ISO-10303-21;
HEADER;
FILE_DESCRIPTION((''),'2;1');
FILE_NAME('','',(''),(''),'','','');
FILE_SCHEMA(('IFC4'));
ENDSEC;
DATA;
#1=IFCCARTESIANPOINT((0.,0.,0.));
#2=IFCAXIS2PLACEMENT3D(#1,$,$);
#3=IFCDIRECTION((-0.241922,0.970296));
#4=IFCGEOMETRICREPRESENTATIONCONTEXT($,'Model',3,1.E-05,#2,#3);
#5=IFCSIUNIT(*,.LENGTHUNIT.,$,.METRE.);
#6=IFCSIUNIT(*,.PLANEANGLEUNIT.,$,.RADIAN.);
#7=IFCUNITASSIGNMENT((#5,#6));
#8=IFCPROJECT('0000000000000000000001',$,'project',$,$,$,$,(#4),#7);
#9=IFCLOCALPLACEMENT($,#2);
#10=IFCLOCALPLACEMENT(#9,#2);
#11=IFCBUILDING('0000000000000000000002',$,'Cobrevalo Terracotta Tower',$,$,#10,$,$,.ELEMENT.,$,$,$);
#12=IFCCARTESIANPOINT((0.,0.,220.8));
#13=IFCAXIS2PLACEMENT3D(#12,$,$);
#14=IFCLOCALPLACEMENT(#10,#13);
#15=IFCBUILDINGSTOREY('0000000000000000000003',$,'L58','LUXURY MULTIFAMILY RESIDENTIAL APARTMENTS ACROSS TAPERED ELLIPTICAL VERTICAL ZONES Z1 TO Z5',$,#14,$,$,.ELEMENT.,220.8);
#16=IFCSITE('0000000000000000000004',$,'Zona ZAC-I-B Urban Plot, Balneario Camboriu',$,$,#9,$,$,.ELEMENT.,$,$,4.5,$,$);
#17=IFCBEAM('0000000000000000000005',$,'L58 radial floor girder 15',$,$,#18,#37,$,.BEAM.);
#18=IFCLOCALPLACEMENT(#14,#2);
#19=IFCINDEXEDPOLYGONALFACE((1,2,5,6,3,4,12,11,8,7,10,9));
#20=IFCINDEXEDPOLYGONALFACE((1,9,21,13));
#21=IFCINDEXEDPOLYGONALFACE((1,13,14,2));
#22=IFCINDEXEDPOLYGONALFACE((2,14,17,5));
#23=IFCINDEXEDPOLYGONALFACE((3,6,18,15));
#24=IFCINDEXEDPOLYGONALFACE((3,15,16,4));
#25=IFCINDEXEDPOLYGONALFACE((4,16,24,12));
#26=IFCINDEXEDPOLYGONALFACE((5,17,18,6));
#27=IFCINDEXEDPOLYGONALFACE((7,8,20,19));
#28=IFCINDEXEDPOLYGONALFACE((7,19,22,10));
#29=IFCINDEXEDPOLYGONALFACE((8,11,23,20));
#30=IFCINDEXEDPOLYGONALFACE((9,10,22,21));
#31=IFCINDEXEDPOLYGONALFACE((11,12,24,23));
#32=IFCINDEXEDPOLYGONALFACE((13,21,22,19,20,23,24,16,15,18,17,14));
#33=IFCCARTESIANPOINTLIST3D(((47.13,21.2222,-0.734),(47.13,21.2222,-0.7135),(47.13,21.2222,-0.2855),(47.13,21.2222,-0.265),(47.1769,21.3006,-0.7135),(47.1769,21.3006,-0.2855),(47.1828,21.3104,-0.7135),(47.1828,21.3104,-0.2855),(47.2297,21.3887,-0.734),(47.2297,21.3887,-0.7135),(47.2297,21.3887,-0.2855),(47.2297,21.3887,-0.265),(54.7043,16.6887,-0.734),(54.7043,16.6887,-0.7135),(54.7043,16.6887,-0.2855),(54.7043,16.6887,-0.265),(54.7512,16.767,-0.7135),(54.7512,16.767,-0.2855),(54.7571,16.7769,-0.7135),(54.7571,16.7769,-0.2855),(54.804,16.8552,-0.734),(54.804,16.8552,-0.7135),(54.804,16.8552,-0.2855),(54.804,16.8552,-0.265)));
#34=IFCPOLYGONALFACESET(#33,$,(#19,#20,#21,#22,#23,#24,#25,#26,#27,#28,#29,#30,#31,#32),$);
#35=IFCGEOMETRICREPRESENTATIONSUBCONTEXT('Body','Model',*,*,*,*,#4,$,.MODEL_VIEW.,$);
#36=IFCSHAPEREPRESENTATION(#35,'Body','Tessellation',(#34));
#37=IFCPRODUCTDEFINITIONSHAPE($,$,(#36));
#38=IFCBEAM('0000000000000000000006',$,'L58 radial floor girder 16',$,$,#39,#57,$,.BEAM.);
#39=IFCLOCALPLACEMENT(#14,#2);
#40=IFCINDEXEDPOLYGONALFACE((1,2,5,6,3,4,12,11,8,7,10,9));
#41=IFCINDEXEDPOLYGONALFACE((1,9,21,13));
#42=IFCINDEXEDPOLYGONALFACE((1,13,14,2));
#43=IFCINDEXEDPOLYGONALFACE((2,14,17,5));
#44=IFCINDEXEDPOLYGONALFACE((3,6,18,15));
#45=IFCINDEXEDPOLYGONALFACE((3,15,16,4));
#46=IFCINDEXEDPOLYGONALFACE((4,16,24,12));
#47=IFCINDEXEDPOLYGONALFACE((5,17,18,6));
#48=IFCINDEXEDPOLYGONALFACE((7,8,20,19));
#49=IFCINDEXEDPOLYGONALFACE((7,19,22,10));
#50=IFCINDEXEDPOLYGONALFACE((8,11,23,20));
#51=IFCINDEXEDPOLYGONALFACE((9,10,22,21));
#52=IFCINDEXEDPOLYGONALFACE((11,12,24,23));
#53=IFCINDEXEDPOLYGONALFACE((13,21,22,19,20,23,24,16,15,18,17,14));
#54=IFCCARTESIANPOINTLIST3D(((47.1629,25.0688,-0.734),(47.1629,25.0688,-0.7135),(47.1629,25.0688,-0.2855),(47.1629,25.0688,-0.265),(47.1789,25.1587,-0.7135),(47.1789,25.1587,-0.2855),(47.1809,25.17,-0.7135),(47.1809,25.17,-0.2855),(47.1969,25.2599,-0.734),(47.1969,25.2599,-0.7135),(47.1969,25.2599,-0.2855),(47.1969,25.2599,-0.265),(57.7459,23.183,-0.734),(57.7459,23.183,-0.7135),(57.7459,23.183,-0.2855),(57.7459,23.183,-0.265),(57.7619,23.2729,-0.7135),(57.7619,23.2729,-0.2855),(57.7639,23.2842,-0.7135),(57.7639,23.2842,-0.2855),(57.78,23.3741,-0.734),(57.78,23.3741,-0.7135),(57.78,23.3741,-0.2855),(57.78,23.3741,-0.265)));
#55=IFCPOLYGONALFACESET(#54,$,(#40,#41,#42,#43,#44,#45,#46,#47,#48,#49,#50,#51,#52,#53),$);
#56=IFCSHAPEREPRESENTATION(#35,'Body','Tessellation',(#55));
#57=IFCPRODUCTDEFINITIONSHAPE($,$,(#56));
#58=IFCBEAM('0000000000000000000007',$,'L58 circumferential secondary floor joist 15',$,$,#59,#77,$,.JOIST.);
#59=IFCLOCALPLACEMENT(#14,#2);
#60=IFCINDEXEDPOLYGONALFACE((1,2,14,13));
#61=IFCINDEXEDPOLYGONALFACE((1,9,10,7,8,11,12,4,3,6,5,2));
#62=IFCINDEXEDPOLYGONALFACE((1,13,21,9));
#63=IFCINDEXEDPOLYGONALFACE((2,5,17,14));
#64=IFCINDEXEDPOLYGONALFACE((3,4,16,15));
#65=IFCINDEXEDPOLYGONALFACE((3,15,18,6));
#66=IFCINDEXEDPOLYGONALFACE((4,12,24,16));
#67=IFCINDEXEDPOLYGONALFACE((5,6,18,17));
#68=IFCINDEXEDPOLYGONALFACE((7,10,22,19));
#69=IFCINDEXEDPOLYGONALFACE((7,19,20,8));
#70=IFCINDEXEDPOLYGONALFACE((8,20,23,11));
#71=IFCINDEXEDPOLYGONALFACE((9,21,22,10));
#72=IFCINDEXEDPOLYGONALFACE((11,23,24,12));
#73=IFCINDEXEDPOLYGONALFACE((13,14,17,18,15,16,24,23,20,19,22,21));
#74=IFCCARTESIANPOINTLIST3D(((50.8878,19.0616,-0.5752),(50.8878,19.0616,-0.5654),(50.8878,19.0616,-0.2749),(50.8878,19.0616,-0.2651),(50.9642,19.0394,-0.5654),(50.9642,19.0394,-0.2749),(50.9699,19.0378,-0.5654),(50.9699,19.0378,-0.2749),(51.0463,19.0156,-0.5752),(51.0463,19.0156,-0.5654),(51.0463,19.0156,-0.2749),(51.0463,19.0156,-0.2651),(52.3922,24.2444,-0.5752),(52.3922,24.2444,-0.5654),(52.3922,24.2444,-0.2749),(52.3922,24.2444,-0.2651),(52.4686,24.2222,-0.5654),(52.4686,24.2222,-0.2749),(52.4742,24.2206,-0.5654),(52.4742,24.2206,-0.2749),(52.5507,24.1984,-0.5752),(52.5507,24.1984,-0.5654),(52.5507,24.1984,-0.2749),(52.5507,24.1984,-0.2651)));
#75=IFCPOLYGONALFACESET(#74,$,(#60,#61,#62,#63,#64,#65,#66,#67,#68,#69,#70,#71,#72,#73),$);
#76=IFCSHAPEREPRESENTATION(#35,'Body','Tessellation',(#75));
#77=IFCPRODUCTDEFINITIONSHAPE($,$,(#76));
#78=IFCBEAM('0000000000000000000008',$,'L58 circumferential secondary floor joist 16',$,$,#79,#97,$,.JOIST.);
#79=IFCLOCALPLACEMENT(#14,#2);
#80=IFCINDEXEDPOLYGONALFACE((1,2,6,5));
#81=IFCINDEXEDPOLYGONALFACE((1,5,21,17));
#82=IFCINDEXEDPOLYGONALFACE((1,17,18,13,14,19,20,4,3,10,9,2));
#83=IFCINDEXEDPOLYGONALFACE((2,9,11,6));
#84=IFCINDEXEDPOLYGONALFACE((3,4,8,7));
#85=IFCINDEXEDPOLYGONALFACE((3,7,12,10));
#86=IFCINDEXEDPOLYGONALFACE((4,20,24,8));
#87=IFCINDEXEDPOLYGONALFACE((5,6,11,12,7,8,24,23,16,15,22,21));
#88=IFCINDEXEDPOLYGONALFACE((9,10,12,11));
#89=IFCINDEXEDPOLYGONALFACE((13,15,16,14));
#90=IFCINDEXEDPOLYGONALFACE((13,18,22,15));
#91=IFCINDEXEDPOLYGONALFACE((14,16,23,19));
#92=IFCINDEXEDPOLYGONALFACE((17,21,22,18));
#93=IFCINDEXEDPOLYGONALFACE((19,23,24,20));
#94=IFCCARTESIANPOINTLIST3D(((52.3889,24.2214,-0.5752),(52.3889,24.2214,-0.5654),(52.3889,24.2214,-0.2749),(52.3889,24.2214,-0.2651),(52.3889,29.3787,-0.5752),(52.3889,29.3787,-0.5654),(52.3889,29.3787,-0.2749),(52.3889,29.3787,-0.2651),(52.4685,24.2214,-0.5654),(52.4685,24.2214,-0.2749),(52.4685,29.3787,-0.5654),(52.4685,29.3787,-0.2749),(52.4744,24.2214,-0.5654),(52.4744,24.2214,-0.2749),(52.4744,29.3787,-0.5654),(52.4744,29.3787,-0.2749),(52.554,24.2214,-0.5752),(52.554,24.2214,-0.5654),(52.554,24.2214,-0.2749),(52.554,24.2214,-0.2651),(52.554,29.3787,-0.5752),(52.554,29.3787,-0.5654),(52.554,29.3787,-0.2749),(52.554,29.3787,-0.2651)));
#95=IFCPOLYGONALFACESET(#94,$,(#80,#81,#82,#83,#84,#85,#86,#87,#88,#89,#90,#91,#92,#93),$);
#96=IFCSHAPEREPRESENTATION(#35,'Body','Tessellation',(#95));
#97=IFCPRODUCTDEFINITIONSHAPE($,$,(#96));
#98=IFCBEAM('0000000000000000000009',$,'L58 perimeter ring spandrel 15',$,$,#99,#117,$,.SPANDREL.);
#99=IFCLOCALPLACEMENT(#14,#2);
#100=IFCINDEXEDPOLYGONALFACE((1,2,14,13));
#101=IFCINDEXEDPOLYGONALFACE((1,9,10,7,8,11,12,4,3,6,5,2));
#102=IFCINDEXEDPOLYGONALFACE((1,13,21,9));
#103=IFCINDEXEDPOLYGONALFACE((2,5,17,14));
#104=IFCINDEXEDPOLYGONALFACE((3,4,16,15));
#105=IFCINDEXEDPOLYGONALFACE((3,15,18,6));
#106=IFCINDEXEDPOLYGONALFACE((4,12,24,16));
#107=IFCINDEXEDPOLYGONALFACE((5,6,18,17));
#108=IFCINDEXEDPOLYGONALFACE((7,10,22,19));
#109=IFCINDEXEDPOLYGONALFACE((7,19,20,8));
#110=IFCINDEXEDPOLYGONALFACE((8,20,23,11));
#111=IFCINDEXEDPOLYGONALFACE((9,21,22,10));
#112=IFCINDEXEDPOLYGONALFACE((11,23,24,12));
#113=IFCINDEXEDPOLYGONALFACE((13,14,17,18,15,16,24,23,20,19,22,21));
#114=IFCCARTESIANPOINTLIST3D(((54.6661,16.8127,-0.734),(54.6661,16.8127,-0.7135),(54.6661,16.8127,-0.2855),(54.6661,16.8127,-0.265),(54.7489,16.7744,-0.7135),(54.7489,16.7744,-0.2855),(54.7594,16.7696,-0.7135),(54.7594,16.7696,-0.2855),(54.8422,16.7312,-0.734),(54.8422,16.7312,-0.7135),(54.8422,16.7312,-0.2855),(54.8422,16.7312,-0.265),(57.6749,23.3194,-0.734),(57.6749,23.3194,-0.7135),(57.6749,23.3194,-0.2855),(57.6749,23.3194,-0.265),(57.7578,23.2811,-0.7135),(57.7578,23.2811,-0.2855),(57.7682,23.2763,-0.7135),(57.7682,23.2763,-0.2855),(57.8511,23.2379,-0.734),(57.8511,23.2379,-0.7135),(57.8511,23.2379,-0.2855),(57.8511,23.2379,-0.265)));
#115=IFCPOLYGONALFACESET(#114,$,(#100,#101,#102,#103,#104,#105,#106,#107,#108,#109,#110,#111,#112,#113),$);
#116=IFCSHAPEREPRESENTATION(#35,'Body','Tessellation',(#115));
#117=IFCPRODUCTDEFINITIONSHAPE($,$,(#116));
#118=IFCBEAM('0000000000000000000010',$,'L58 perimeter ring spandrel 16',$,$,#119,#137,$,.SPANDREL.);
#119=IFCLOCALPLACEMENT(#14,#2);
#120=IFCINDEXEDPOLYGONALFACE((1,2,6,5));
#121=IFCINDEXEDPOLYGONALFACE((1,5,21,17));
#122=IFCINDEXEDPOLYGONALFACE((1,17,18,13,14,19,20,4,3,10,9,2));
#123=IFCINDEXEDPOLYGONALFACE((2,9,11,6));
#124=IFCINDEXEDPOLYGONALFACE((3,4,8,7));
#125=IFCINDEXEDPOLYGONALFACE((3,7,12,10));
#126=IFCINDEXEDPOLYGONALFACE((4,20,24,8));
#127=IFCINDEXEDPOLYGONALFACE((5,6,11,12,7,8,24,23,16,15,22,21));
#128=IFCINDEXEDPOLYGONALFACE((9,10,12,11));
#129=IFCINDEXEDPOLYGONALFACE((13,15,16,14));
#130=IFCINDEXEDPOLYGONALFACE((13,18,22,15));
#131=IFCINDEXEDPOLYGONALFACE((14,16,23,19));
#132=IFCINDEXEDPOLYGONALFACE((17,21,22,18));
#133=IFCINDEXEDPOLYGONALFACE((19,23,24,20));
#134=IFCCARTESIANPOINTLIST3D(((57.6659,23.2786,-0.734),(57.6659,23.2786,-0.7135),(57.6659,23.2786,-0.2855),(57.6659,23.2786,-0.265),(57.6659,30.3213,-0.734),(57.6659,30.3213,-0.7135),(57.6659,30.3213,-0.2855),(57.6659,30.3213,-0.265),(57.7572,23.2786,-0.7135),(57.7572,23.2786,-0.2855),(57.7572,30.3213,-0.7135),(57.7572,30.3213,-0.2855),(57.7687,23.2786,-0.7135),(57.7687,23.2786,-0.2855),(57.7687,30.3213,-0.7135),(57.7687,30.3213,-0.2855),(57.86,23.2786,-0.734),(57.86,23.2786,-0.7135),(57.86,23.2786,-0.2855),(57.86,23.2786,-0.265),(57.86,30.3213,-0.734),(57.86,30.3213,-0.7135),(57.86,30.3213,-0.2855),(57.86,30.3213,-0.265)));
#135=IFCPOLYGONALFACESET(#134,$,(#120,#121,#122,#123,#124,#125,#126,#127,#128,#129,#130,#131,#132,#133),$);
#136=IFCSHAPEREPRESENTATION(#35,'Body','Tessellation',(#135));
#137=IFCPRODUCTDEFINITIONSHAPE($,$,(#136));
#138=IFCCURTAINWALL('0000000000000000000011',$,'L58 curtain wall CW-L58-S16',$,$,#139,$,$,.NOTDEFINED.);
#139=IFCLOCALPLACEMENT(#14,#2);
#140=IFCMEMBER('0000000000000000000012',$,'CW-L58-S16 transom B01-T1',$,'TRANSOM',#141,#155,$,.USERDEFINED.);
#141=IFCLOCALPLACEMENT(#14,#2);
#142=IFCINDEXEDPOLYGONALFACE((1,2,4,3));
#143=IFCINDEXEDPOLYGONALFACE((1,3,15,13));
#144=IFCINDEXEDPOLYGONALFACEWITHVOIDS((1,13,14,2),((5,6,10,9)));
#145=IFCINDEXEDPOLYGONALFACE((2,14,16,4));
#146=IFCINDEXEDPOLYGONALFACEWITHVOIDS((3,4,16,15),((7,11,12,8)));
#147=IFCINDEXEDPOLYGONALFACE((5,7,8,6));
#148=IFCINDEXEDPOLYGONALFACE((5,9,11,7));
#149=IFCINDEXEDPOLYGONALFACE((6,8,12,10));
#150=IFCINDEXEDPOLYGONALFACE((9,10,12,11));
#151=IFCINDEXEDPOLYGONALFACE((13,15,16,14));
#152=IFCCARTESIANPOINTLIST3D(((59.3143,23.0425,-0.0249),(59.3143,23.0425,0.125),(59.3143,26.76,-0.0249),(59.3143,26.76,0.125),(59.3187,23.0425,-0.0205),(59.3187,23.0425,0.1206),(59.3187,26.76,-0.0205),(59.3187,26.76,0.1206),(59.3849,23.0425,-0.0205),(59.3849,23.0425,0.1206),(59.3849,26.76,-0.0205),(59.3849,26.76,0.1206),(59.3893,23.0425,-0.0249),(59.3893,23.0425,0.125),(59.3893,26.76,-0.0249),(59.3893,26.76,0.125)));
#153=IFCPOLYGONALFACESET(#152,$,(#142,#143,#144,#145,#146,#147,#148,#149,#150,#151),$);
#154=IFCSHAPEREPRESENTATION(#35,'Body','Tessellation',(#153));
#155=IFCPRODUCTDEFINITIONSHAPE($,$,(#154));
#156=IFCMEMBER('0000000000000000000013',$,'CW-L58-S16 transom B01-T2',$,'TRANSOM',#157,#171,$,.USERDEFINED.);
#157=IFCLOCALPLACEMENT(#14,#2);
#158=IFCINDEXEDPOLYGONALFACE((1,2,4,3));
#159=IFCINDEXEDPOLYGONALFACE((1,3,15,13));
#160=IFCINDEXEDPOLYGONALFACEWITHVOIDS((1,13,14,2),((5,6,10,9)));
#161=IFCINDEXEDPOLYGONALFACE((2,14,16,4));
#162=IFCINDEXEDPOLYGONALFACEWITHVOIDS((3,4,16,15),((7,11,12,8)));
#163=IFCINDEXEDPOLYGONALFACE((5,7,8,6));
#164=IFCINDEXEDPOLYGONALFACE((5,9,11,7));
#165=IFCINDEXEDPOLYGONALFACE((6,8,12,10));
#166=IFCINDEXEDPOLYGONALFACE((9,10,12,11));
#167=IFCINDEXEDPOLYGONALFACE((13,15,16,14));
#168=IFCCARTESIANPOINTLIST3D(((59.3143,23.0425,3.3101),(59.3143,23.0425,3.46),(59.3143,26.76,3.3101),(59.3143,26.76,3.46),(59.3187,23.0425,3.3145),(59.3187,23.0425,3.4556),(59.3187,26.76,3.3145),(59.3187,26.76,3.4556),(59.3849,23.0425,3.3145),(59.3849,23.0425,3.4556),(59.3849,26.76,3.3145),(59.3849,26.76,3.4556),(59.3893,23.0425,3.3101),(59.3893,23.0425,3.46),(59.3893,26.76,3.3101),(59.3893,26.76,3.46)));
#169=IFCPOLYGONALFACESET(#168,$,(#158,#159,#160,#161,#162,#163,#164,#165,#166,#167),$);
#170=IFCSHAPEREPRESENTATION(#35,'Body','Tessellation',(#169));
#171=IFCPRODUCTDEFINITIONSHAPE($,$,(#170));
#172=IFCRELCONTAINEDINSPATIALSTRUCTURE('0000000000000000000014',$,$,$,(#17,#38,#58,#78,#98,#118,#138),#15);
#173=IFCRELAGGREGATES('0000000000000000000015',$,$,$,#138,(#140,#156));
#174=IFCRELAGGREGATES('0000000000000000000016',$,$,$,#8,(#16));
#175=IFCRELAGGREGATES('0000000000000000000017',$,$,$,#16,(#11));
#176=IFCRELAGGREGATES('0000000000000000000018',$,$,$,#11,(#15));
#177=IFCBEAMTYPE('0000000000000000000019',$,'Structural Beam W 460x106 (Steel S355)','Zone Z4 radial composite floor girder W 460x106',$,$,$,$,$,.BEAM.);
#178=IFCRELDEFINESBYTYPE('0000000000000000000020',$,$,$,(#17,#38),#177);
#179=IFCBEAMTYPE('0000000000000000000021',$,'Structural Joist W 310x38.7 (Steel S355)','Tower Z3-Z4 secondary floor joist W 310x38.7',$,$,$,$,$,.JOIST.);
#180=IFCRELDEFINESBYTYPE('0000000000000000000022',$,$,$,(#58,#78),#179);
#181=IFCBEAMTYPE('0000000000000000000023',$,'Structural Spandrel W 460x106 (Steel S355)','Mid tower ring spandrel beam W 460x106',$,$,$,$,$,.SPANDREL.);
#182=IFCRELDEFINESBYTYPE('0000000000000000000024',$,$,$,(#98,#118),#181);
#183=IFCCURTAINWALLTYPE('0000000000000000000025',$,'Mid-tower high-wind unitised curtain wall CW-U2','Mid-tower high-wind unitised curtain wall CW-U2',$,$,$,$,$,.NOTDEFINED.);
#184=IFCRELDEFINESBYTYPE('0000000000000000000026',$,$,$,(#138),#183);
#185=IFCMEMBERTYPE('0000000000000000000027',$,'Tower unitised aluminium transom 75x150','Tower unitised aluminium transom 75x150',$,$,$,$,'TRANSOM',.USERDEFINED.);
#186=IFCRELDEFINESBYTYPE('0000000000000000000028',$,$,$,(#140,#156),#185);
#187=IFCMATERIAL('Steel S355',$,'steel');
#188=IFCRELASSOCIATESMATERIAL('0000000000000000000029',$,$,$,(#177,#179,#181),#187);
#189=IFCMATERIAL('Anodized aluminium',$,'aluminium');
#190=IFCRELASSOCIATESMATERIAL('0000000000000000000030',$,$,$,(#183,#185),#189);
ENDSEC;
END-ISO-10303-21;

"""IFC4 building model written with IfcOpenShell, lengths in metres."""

from ifc_helpers import new_model, si_unit, direction, frame, origin, origin_2d, place, context, subcontext, project, spatial, hollow_rectangle, i_section, extrude, source, transform, mapped, material, material_profile, profile_set, type_object, element, aggregate, save


model = new_model("IFC4")

# Units and contexts
model_context = context("Model", 3, precision=1e-05, world=origin(), true_north=direction((-0.241922, 0.970296)))
body_context = subcontext(model_context, "Body", "Model", "MODEL_VIEW")
ifc_project = project(units=[si_unit("LENGTHUNIT", "METRE"), si_unit("PLANEANGLEUNIT", "RADIAN")], contexts=[model_context])

# Site, building, storey
site_placement = place(None, origin())
site = spatial("IfcSite", under=ifc_project, at=site_placement, Name="Zona ZAC-I-B Urban Plot, Balneario Camboriu", CompositionType="ELEMENT", RefElevation=4.5)
building_placement = place(site_placement, origin())
building = spatial("IfcBuilding", under=site, at=building_placement, Name="Cobrevalo Terracotta Tower", CompositionType="ELEMENT")
storey_placement = place(building_placement, frame((0.0, 0.0, 220.8)))
storey = spatial("IfcBuildingStorey", under=building, at=storey_placement, Name="L58", Description="LUXURY MULTIFAMILY RESIDENTIAL APARTMENTS ACROSS TAPERED ELLIPTICAL VERTICAL ZONES Z1 TO Z5", CompositionType="ELEMENT", Elevation=220.8)

# Shared definitions
ifc_material_1 = material(Name="Steel S355", Category="steel")

# Beams
ifc_material_profile_1 = material_profile(ifc_material_1, i_section(OverallWidth=0.1941, OverallDepth=0.469, WebThickness=0.0115, FlangeThickness=0.0205, at=origin_2d()), Name="W 460x106")
ifc_profile_set_1 = profile_set([ifc_material_profile_1], Name="Steel S355")
beam_type_1 = type_object("IfcBeamType", Name="Structural Beam W 460x106 (Steel S355)", Description="Zone Z4 radial composite floor girder W 460x106", PredefinedType="BEAM", material=ifc_profile_set_1)
beam_1_placement = place(storey_placement, frame((54.7542, 16.772, -0.4995), z_axis=(-0.858046, 0.513572, 0.0), x_axis=(-0.513572, -0.858046, 0.0)))
element("IfcBeam", 1, at=beam_1_placement, inside=storey, type_object=beam_type_1, Name="L58 radial floor girder 15", PredefinedType="BEAM", context=body_context, shape_type="SweptSolid", body=[
    extrude(i_section(OverallWidth=0.1941, OverallDepth=0.469, WebThickness=0.0115, FlangeThickness=0.0205, at=origin_2d()), origin(), (0.0, 0.0, 1.0), 8.8274),
])
beam_2_placement = place(storey_placement, frame((57.7629, 23.2786, -0.4995), z_axis=(-0.984493, 0.175423, 0.0), x_axis=(-0.175423, -0.984493, 0.0)))
element("IfcBeam", 2, at=beam_2_placement, inside=storey, type_object=beam_type_1, Name="L58 radial floor girder 16", PredefinedType="BEAM", context=body_context, shape_type="SweptSolid", body=[
    extrude(i_section(OverallWidth=0.1941, OverallDepth=0.469, WebThickness=0.0115, FlangeThickness=0.0205, at=origin_2d()), origin(), (0.0, 0.0, 1.0), 10.7498),
])
ifc_material_profile_2 = material_profile(ifc_material_1, i_section(OverallWidth=0.165, OverallDepth=0.3101, WebThickness=0.0059, FlangeThickness=0.0098, at=origin_2d()), Name="W 310x38.7")
ifc_profile_set_2 = profile_set([ifc_material_profile_2], Name="Steel S355")
beam_type_2 = type_object("IfcBeamType", Name="Structural Joist W 310x38.7 (Steel S355)", Description="Tower Z3-Z4 secondary floor joist W 310x38.7", PredefinedType="JOIST", material=ifc_profile_set_2)
beam_3_placement = place(storey_placement, frame((50.967, 19.0386, -0.4202), z_axis=(0.278758, 0.960361, 0.0), x_axis=(-0.960361, 0.278758, 0.0)))
element("IfcBeam", 3, at=beam_3_placement, inside=storey, type_object=beam_type_2, Name="L58 circumferential secondary floor joist 15", PredefinedType="JOIST", context=body_context, shape_type="SweptSolid", body=[
    extrude(i_section(OverallWidth=0.165, OverallDepth=0.3101, WebThickness=0.0059, FlangeThickness=0.0098, at=origin_2d()), origin(), (0.0, 0.0, 1.0), 5.3967),
])
beam_4_placement = place(storey_placement, frame((52.4714, 24.2214, -0.4202), z_axis=(0.0, 1.0, 0.0), x_axis=(-1.0, 0.0, 0.0)))
element("IfcBeam", 4, at=beam_4_placement, inside=storey, type_object=beam_type_2, Name="L58 circumferential secondary floor joist 16", PredefinedType="JOIST", context=body_context, shape_type="SweptSolid", body=[
    extrude(i_section(OverallWidth=0.165, OverallDepth=0.3101, WebThickness=0.0059, FlangeThickness=0.0098, at=origin_2d()), origin(), (0.0, 0.0, 1.0), 5.1572),
])
ifc_material_profile_3 = material_profile(ifc_material_1, i_section(OverallWidth=0.1941, OverallDepth=0.469, WebThickness=0.0115, FlangeThickness=0.0205, at=origin_2d()), Name="W 460x106")
ifc_profile_set_3 = profile_set([ifc_material_profile_3], Name="Steel S355")
beam_type_3 = type_object("IfcBeamType", Name="Structural Spandrel W 460x106 (Steel S355)", Description="Mid tower ring spandrel beam W 460x106", PredefinedType="SPANDREL", material=ifc_profile_set_3)
beam_5_placement = place(storey_placement, frame((54.7542, 16.772, -0.4995), z_axis=(0.419719, 0.907654, 0.0), x_axis=(-0.907654, 0.419719, 0.0)))
element("IfcBeam", 5, at=beam_5_placement, inside=storey, type_object=beam_type_3, Name="L58 perimeter ring spandrel 15", PredefinedType="SPANDREL", context=body_context, shape_type="SweptSolid", body=[
    extrude(i_section(OverallWidth=0.1941, OverallDepth=0.469, WebThickness=0.0115, FlangeThickness=0.0205, at=origin_2d()), origin(), (0.0, 0.0, 1.0), 7.1687),
])
beam_6_placement = place(storey_placement, frame((57.7629, 23.2786, -0.4995), z_axis=(0.0, 1.0, 0.0), x_axis=(-1.0, 0.0, 0.0)))
element("IfcBeam", 6, at=beam_6_placement, inside=storey, type_object=beam_type_3, Name="L58 perimeter ring spandrel 16", PredefinedType="SPANDREL", context=body_context, shape_type="SweptSolid", body=[
    extrude(i_section(OverallWidth=0.1941, OverallDepth=0.469, WebThickness=0.0115, FlangeThickness=0.0205, at=origin_2d()), origin(), (0.0, 0.0, 1.0), 7.0427),
])

# Curtain wall, members
ifc_material_2 = material(Name="Anodized aluminium", Category="aluminium")
curtain_wall_type = type_object("IfcCurtainWallType", Name="Mid-tower high-wind unitised curtain wall CW-U2", Description="Mid-tower high-wind unitised curtain wall CW-U2", PredefinedType="NOTDEFINED", material=ifc_material_2)
curtain_wall_placement = place(storey_placement, origin())
curtain_wall = element("IfcCurtainWall", 7, at=curtain_wall_placement, inside=storey, type_object=curtain_wall_type, Name="L58 curtain wall CW-L58-S16", PredefinedType="NOTDEFINED")
ifc_material_profile_4 = material_profile(ifc_material_2, hollow_rectangle(XDim=0.075, YDim=0.1499, WallThickness=0.0044, at=origin_2d()), Name="CWT 75x150")
ifc_profile_set_4 = profile_set([ifc_material_profile_4], Name="Anodized aluminium")
member_type_1 = type_object("IfcMemberType", Name="Tower unitised aluminium transom 75x150", Description="Tower unitised aluminium transom 75x150", ElementType="TRANSOM", PredefinedType="USERDEFINED", material=ifc_profile_set_4)
shared_shape_1 = source(origin(), body_context, "Body", "SweptSolid", [
    extrude(hollow_rectangle(XDim=0.075, YDim=0.1499, WallThickness=0.0044, at=origin_2d()), origin(), (0.0, 0.0, 1.0), 3.7175),
])
member_1_placement = place(storey_placement, frame((59.3518, 23.0425, 0.05), z_axis=(0.0, 1.0, 0.0), x_axis=(-1.0, 0.0, 0.0)))
member_1 = element("IfcMember", 8, at=member_1_placement, type_object=member_type_1, Name="CW-L58-S16 transom B01-T1", ObjectType="TRANSOM", PredefinedType="USERDEFINED", context=body_context, shape_type="MappedRepresentation", body=[
    mapped(shared_shape_1, transform((0.0, 0.0, 0.0), scale=1.0)),
])
member_2_placement = place(storey_placement, frame((59.3518, 23.0425, 3.385), z_axis=(0.0, 1.0, 0.0), x_axis=(-1.0, 0.0, 0.0)))
member_2 = element("IfcMember", 9, at=member_2_placement, type_object=member_type_1, Name="CW-L58-S16 transom B01-T2", ObjectType="TRANSOM", PredefinedType="USERDEFINED", context=body_context, shape_type="MappedRepresentation", body=[
    mapped(shared_shape_1, transform((0.0, 0.0, 0.0), scale=1.0)),
])
aggregate(curtain_wall, [member_1, member_2])

save(model, "model.ifc")
